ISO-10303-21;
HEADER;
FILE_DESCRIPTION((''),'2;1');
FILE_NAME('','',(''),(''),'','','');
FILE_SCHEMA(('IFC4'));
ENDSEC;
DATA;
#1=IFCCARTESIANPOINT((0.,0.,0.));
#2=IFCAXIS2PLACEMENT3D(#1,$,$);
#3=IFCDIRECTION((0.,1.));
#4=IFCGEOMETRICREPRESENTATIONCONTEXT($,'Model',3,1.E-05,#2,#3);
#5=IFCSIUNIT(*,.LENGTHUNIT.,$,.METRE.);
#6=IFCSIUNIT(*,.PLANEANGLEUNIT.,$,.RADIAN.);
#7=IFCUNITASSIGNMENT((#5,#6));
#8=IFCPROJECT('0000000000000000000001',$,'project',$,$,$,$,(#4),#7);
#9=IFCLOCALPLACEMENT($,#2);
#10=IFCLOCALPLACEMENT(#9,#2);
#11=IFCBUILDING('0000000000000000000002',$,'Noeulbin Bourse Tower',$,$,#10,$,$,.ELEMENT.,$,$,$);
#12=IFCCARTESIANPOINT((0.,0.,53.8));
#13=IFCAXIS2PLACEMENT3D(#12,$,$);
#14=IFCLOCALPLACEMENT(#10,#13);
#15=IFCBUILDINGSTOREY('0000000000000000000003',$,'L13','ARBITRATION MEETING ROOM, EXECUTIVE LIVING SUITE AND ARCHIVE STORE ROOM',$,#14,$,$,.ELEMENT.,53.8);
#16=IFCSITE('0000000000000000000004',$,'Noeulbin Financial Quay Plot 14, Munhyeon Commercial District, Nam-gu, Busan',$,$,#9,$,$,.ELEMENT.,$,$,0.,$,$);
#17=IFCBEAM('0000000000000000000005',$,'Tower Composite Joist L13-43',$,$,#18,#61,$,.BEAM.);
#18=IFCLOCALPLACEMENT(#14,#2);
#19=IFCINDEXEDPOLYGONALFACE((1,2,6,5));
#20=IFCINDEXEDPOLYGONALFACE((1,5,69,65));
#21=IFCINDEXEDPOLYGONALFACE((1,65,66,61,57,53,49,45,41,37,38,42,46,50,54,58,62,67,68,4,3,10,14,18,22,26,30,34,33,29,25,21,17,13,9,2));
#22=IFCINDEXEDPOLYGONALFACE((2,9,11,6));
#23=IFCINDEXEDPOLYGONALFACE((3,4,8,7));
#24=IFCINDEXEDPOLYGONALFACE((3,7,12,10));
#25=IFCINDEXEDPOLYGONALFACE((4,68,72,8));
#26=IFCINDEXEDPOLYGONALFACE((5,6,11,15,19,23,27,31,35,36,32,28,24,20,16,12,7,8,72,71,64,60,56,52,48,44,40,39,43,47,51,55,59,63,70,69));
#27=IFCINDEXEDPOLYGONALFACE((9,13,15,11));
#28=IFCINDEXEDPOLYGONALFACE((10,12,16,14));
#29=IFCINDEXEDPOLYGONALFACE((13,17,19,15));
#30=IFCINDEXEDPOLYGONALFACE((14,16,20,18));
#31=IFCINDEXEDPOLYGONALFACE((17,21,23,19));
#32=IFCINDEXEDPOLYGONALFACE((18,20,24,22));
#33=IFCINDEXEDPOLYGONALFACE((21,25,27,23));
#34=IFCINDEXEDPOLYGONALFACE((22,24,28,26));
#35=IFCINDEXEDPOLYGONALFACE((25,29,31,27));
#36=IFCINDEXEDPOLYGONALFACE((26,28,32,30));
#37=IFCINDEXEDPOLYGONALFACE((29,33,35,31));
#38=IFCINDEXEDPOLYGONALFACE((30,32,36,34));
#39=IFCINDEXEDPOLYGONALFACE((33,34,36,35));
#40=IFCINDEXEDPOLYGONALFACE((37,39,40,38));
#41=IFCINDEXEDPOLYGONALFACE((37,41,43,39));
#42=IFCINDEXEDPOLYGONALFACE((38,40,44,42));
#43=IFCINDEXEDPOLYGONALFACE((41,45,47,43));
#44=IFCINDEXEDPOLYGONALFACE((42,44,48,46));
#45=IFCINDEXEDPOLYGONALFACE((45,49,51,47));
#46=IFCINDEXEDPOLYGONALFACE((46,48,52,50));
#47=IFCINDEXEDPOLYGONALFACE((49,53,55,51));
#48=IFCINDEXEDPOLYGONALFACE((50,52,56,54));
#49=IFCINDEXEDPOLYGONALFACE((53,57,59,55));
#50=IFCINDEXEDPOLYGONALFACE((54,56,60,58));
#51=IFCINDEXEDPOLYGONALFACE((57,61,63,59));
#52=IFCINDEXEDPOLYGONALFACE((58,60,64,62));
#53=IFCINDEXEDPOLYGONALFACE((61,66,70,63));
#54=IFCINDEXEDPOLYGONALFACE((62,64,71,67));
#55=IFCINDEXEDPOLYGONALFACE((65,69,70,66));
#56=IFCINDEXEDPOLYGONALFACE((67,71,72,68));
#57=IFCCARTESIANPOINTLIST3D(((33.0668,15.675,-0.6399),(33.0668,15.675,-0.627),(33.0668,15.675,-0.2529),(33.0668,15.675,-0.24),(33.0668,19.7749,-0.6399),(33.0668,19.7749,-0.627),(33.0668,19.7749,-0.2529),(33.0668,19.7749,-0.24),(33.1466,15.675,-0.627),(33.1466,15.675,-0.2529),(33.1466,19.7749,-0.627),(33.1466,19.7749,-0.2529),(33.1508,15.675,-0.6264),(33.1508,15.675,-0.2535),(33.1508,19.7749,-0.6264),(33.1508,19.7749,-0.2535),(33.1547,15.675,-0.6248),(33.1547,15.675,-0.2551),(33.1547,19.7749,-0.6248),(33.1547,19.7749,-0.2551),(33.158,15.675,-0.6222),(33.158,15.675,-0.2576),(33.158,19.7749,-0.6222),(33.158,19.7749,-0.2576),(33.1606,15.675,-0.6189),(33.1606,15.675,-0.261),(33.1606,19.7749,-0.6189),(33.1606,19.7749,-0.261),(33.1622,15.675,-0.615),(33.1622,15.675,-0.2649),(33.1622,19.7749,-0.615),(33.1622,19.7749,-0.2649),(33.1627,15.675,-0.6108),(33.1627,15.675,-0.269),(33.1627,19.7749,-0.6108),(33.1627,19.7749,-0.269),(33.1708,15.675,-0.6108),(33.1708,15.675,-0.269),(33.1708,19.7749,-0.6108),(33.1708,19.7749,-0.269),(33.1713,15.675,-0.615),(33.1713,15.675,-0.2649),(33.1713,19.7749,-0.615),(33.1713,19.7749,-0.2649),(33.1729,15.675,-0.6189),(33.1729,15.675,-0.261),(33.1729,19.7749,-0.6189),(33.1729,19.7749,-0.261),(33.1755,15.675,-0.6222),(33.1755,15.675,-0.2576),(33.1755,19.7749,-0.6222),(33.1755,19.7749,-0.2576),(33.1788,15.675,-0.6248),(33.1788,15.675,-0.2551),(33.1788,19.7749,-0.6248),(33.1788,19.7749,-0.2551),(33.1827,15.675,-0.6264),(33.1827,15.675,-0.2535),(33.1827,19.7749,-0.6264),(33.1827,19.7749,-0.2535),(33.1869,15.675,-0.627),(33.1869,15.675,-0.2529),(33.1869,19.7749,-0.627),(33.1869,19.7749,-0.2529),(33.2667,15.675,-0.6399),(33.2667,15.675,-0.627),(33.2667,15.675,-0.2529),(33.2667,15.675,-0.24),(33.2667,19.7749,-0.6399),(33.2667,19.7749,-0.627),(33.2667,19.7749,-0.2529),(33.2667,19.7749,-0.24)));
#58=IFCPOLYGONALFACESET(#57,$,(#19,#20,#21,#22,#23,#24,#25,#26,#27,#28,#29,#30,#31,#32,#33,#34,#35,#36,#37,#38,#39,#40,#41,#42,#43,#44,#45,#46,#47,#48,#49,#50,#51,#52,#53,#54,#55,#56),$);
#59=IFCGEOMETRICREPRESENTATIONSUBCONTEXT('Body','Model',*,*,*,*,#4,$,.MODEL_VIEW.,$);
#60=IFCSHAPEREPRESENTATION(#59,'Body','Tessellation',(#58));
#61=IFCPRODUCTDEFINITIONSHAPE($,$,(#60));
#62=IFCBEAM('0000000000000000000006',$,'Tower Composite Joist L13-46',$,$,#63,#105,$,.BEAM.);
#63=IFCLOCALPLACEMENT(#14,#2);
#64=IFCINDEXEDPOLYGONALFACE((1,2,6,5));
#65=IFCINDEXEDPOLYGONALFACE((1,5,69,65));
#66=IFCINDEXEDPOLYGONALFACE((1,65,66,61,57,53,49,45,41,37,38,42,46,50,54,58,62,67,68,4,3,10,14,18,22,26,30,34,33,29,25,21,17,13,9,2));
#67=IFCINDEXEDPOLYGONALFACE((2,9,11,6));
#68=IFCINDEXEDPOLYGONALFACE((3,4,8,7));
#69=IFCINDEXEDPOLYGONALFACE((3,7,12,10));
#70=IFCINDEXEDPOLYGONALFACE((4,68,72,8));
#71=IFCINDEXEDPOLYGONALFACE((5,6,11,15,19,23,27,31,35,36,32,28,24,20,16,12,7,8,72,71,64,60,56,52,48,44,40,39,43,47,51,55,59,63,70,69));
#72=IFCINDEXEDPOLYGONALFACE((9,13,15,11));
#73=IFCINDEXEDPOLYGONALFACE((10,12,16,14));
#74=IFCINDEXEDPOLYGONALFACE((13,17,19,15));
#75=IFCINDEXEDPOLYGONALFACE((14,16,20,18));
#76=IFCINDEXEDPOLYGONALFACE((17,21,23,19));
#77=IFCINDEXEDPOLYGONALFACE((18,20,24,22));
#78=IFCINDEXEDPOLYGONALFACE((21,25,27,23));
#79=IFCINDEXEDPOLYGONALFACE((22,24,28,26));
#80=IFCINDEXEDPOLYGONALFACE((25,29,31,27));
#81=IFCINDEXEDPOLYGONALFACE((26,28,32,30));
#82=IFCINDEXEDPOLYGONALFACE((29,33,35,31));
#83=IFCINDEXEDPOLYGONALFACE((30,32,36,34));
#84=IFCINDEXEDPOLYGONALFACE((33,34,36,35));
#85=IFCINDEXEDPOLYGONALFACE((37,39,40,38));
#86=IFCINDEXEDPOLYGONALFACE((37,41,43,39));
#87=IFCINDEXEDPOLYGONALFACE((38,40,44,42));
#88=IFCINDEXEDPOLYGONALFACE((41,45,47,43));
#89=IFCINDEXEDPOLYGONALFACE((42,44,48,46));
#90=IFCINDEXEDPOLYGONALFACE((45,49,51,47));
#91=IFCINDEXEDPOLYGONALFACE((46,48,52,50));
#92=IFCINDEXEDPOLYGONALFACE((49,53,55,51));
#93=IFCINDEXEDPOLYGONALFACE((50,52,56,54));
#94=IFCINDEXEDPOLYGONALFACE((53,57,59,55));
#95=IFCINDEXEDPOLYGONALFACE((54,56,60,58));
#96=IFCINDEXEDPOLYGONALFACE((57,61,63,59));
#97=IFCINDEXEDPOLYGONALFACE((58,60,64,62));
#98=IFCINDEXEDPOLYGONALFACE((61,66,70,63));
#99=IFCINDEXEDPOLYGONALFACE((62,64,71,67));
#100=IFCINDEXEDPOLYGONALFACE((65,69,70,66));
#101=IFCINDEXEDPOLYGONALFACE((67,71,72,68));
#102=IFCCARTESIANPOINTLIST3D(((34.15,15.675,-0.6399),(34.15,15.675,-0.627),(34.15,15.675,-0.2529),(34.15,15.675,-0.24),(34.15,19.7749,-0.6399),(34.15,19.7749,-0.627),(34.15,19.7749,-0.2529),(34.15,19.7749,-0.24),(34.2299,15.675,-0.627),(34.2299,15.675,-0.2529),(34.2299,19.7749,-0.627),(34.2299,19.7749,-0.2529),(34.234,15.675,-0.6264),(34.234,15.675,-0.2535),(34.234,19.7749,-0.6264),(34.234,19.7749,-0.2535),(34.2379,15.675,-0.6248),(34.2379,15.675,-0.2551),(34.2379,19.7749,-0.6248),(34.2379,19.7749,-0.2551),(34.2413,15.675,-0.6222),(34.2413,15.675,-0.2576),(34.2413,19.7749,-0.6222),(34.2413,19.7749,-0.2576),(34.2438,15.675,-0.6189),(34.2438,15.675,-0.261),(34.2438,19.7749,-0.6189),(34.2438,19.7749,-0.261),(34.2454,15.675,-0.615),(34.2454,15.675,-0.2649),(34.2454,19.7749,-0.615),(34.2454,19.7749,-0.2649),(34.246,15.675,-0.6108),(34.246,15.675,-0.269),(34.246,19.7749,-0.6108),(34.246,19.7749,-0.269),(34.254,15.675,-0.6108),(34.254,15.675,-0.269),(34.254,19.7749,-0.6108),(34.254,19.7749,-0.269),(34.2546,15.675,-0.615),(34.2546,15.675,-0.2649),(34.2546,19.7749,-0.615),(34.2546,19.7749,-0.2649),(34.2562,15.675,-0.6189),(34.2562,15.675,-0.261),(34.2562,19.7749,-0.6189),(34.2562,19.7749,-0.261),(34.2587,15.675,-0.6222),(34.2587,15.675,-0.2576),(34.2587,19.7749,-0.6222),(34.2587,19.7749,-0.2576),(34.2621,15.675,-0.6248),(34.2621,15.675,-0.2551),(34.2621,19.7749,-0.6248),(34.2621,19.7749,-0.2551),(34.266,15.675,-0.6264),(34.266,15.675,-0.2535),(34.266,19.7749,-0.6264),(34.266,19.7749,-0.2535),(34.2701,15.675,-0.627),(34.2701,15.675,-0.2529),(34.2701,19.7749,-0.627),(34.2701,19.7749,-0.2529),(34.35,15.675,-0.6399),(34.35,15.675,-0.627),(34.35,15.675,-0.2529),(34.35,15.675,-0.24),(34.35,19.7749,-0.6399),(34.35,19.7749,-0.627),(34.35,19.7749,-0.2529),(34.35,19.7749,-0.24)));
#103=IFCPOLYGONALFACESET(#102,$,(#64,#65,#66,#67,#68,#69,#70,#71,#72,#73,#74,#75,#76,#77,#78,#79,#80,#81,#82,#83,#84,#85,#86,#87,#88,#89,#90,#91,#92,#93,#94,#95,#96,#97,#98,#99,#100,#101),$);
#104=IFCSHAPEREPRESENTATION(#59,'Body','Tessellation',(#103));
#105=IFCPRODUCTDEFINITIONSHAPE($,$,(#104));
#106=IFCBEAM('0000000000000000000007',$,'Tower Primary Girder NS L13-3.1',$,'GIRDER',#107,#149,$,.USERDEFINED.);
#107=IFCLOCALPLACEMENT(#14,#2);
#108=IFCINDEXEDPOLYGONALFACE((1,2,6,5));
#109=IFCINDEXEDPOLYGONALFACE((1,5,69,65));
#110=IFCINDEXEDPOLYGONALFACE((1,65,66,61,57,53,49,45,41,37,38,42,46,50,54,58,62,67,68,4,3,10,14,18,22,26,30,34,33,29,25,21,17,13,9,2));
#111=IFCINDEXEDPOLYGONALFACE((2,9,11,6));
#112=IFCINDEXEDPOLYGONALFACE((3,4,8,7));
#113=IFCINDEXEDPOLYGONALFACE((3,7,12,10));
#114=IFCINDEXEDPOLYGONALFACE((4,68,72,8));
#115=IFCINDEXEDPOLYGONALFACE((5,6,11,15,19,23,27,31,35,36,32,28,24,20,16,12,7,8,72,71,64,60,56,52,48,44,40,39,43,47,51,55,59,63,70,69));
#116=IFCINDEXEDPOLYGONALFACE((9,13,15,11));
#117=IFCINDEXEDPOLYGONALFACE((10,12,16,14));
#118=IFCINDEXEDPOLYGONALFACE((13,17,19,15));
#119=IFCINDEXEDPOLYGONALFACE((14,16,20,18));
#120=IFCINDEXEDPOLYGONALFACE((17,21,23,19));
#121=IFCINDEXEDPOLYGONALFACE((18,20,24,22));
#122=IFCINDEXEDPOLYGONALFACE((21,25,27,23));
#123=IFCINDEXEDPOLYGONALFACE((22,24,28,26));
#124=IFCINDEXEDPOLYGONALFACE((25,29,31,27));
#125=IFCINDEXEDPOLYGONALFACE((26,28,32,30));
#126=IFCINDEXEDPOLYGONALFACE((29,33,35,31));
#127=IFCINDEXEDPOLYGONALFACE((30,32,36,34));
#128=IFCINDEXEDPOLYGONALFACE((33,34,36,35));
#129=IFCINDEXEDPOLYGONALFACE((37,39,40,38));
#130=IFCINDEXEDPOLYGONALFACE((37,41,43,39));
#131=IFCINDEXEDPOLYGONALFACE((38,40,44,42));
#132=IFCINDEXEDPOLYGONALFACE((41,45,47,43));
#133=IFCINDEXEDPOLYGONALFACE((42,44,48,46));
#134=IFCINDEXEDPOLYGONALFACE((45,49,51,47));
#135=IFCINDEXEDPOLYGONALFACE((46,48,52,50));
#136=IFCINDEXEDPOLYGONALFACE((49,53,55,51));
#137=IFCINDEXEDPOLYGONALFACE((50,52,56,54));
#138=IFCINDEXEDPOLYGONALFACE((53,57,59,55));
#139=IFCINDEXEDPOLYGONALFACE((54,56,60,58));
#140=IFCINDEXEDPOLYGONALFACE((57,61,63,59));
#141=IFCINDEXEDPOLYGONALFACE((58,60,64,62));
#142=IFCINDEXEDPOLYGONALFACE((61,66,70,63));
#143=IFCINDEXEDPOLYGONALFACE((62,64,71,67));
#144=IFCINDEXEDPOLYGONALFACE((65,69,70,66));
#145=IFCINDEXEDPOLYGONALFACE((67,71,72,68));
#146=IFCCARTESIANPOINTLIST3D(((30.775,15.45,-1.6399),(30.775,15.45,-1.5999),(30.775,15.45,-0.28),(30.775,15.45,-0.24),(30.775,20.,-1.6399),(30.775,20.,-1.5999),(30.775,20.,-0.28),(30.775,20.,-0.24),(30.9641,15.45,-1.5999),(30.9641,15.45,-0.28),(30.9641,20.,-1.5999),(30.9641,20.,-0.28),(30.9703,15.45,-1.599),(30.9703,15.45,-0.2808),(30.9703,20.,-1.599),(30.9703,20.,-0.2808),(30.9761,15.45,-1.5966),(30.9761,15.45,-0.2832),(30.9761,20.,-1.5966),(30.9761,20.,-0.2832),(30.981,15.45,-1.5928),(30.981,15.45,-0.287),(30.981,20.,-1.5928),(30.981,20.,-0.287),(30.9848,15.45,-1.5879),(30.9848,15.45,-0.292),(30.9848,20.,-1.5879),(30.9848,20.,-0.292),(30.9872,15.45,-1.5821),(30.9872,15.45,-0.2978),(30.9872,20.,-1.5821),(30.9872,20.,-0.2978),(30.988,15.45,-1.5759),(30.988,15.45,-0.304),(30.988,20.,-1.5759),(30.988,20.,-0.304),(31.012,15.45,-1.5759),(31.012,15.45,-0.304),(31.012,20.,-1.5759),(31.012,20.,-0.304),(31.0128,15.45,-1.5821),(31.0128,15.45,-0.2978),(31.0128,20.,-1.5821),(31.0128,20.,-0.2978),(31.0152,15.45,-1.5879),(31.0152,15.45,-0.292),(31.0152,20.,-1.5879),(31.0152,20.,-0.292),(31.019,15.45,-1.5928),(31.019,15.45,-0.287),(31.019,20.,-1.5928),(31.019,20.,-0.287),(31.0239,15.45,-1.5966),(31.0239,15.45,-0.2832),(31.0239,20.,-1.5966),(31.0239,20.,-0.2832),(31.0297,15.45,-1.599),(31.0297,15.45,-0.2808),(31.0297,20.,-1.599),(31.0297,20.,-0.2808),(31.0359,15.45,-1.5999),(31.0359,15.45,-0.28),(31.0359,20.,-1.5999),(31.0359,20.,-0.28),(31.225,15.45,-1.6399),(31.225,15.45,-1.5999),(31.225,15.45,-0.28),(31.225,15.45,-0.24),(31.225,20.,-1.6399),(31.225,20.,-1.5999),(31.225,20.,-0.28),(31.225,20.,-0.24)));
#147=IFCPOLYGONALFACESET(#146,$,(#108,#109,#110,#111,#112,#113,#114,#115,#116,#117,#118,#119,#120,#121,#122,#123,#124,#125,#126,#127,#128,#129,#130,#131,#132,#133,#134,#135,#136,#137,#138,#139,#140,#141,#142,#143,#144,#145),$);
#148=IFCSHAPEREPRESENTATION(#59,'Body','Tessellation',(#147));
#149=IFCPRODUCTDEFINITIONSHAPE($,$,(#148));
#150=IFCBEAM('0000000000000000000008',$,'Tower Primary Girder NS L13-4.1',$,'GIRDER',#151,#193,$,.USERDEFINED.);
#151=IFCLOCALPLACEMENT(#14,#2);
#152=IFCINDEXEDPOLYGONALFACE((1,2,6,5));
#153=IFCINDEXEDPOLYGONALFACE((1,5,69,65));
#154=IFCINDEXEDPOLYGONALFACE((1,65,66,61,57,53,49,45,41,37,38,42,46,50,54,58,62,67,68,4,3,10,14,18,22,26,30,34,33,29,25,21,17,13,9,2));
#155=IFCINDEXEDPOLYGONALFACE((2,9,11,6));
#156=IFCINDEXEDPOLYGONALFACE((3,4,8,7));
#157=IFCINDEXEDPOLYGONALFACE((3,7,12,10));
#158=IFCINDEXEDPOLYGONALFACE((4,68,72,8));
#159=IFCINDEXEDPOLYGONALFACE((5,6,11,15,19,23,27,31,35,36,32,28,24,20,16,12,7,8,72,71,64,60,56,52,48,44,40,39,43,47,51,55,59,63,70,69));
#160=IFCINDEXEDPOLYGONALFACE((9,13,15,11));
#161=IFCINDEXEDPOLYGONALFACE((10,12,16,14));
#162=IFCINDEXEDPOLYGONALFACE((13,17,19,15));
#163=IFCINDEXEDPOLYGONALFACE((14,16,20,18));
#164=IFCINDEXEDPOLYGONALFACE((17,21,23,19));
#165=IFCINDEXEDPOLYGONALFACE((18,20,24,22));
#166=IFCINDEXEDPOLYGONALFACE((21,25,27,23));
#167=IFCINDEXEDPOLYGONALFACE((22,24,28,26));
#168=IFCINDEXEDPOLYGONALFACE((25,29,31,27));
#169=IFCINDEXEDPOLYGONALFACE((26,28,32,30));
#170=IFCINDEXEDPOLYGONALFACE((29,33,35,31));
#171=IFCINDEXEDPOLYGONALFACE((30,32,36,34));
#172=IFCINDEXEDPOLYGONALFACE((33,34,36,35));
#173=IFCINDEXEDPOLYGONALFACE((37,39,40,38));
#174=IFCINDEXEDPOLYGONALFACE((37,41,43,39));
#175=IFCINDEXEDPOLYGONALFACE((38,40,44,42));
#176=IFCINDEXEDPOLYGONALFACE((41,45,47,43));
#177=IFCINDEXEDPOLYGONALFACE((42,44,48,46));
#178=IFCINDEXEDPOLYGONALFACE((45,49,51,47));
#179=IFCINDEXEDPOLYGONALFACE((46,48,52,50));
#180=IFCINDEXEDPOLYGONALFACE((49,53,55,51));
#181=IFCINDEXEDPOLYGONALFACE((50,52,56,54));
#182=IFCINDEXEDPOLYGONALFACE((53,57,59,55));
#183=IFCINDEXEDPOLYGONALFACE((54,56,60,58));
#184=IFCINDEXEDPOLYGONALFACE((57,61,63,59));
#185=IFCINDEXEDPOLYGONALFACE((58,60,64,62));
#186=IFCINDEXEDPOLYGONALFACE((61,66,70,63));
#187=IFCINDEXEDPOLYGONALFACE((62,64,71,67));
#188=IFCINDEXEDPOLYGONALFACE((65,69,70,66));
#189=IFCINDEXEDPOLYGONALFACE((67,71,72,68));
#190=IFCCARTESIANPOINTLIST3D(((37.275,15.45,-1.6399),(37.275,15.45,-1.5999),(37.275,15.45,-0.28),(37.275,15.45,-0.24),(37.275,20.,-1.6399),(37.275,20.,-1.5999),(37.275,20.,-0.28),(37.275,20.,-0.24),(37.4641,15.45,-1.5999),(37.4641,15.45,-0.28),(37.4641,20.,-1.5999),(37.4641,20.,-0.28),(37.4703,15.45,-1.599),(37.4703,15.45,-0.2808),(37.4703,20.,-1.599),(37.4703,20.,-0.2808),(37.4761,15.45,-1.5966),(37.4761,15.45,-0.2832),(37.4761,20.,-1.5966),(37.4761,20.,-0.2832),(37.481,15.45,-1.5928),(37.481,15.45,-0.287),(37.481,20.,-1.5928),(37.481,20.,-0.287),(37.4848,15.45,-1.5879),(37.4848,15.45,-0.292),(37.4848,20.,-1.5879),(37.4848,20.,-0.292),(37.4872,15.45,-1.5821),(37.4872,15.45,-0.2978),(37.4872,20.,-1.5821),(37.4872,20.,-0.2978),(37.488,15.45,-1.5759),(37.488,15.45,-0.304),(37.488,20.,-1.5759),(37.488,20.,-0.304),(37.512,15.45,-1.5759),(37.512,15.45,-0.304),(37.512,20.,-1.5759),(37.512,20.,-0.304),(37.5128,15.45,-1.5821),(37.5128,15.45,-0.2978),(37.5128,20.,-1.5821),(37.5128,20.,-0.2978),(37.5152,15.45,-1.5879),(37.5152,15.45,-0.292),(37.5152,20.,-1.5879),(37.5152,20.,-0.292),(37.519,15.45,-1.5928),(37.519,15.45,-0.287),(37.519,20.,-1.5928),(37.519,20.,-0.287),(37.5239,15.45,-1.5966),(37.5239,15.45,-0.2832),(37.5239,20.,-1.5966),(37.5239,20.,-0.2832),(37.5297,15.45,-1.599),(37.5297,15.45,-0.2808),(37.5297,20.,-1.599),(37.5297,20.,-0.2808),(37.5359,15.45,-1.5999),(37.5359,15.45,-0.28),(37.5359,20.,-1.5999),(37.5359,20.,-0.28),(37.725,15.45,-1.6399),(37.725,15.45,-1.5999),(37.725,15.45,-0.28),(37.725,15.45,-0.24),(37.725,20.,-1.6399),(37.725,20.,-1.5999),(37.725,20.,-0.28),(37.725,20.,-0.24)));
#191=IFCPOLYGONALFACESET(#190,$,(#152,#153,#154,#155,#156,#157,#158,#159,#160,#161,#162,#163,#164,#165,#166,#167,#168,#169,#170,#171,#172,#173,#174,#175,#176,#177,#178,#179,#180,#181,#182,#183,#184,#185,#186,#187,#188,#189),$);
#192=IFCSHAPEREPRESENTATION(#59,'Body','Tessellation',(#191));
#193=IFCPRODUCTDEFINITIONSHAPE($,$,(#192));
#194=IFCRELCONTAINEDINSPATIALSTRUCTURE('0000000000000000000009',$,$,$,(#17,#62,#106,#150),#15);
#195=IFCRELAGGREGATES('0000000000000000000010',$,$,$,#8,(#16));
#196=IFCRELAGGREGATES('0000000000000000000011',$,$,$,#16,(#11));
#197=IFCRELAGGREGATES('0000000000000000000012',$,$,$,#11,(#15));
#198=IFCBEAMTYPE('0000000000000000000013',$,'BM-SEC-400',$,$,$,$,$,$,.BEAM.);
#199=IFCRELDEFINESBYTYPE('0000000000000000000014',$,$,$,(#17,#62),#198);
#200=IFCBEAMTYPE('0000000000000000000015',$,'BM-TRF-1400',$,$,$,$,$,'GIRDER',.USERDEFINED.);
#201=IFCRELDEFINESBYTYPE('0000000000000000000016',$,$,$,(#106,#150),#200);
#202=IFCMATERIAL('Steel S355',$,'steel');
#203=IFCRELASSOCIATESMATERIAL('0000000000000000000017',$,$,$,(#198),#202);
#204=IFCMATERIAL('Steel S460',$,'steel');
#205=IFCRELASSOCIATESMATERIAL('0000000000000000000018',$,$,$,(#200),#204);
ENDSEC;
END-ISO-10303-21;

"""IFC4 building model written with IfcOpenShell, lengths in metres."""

from ifc_helpers import new_model, si_unit, direction, frame, origin, origin_2d, place, context, subcontext, project, spatial, i_section, extrude, material, material_profile, profile_set, type_object, element, save


model = new_model("IFC4")

# Units and contexts
model_context = context("Model", 3, precision=1e-05, world=origin(), true_north=direction((0.0, 1.0)))
body_context = subcontext(model_context, "Body", "Model", "MODEL_VIEW")
ifc_project = project(units=[si_unit("LENGTHUNIT", "METRE"), si_unit("PLANEANGLEUNIT", "RADIAN")], contexts=[model_context])

# Site, building, storey
site_placement = place(None, origin())
site = spatial("IfcSite", under=ifc_project, at=site_placement, Name="Noeulbin Financial Quay Plot 14, Munhyeon Commercial District, Nam-gu, Busan", CompositionType="ELEMENT", RefElevation=0.0)
building_placement = place(site_placement, origin())
building = spatial("IfcBuilding", under=site, at=building_placement, Name="Noeulbin Bourse Tower", CompositionType="ELEMENT")
storey_placement = place(building_placement, frame((0.0, 0.0, 53.8)))
storey = spatial("IfcBuildingStorey", under=building, at=storey_placement, Name="L13", Description="ARBITRATION MEETING ROOM, EXECUTIVE LIVING SUITE AND ARCHIVE STORE ROOM", CompositionType="ELEMENT", Elevation=53.8)

# Shared definitions
ifc_material_1 = material(Name="Steel S460", Category="steel")

# Beams
ifc_material_2 = material(Name="Steel S355", Category="steel")
ifc_material_profile_1 = material_profile(ifc_material_2, i_section(OverallWidth=0.2, OverallDepth=0.3999, WebThickness=0.0081, FlangeThickness=0.0129, FilletRadius=0.0161, at=origin_2d()), Name="H-400x200x8x13", Category="LoadBearing")
ifc_profile_set_1 = profile_set([ifc_material_profile_1], Name="Steel S355")
beam_type_1 = type_object("IfcBeamType", Name="BM-SEC-400", PredefinedType="BEAM", material=ifc_profile_set_1)
for number, where, z_axis, x_axis, name in (
    (1, (33.1667, 15.675, -0.4399), (0.0, 1.0, 0.0), (-1.0, 0.0, 0.0), "Tower Composite Joist L13-43"),
    (2, (34.25, 15.675, -0.4399), (0.0, 1.0, 0.0), (-1.0, 0.0, 0.0), "Tower Composite Joist L13-46"),
):
    element("IfcBeam", number, at=place(storey_placement, frame(where, z_axis=z_axis, x_axis=x_axis)), inside=storey, type_object=beam_type_1, Name=name, PredefinedType="BEAM", context=body_context, shape_type="SweptSolid", body=[
        extrude(i_section(OverallWidth=0.2, OverallDepth=0.3999, WebThickness=0.0081, FlangeThickness=0.0129, FilletRadius=0.0161, at=origin_2d()), origin(), (0.0, 0.0, 1.0), 4.0999),
    ])
ifc_material_profile_2 = material_profile(ifc_material_1, i_section(OverallWidth=0.45, OverallDepth=1.3999, WebThickness=0.0239, FlangeThickness=0.04, FilletRadius=0.0239, at=origin_2d()), Name="PG-1400x450x24x40", Category="LoadBearing")
ifc_profile_set_2 = profile_set([ifc_material_profile_2], Name="Steel S460")
beam_type_2 = type_object("IfcBeamType", Name="BM-TRF-1400", ElementType="GIRDER", PredefinedType="USERDEFINED", material=ifc_profile_set_2)
for number, where, z_axis, x_axis, name in (
    (3, (31.0, 15.45, -0.9399), (0.0, 1.0, 0.0), (-1.0, 0.0, 0.0), "Tower Primary Girder NS L13-3.1"),
    (4, (37.5, 15.45, -0.9399), (0.0, 1.0, 0.0), (-1.0, 0.0, 0.0), "Tower Primary Girder NS L13-4.1"),
):
    element("IfcBeam", number, at=place(storey_placement, frame(where, z_axis=z_axis, x_axis=x_axis)), inside=storey, type_object=beam_type_2, Name=name, ObjectType="GIRDER", PredefinedType="USERDEFINED", context=body_context, shape_type="SweptSolid", body=[
        extrude(i_section(OverallWidth=0.45, OverallDepth=1.3999, WebThickness=0.0239, FlangeThickness=0.04, FilletRadius=0.0239, at=origin_2d()), origin(), (0.0, 0.0, 1.0), 4.55),
    ])

save(model, "model.ifc")
